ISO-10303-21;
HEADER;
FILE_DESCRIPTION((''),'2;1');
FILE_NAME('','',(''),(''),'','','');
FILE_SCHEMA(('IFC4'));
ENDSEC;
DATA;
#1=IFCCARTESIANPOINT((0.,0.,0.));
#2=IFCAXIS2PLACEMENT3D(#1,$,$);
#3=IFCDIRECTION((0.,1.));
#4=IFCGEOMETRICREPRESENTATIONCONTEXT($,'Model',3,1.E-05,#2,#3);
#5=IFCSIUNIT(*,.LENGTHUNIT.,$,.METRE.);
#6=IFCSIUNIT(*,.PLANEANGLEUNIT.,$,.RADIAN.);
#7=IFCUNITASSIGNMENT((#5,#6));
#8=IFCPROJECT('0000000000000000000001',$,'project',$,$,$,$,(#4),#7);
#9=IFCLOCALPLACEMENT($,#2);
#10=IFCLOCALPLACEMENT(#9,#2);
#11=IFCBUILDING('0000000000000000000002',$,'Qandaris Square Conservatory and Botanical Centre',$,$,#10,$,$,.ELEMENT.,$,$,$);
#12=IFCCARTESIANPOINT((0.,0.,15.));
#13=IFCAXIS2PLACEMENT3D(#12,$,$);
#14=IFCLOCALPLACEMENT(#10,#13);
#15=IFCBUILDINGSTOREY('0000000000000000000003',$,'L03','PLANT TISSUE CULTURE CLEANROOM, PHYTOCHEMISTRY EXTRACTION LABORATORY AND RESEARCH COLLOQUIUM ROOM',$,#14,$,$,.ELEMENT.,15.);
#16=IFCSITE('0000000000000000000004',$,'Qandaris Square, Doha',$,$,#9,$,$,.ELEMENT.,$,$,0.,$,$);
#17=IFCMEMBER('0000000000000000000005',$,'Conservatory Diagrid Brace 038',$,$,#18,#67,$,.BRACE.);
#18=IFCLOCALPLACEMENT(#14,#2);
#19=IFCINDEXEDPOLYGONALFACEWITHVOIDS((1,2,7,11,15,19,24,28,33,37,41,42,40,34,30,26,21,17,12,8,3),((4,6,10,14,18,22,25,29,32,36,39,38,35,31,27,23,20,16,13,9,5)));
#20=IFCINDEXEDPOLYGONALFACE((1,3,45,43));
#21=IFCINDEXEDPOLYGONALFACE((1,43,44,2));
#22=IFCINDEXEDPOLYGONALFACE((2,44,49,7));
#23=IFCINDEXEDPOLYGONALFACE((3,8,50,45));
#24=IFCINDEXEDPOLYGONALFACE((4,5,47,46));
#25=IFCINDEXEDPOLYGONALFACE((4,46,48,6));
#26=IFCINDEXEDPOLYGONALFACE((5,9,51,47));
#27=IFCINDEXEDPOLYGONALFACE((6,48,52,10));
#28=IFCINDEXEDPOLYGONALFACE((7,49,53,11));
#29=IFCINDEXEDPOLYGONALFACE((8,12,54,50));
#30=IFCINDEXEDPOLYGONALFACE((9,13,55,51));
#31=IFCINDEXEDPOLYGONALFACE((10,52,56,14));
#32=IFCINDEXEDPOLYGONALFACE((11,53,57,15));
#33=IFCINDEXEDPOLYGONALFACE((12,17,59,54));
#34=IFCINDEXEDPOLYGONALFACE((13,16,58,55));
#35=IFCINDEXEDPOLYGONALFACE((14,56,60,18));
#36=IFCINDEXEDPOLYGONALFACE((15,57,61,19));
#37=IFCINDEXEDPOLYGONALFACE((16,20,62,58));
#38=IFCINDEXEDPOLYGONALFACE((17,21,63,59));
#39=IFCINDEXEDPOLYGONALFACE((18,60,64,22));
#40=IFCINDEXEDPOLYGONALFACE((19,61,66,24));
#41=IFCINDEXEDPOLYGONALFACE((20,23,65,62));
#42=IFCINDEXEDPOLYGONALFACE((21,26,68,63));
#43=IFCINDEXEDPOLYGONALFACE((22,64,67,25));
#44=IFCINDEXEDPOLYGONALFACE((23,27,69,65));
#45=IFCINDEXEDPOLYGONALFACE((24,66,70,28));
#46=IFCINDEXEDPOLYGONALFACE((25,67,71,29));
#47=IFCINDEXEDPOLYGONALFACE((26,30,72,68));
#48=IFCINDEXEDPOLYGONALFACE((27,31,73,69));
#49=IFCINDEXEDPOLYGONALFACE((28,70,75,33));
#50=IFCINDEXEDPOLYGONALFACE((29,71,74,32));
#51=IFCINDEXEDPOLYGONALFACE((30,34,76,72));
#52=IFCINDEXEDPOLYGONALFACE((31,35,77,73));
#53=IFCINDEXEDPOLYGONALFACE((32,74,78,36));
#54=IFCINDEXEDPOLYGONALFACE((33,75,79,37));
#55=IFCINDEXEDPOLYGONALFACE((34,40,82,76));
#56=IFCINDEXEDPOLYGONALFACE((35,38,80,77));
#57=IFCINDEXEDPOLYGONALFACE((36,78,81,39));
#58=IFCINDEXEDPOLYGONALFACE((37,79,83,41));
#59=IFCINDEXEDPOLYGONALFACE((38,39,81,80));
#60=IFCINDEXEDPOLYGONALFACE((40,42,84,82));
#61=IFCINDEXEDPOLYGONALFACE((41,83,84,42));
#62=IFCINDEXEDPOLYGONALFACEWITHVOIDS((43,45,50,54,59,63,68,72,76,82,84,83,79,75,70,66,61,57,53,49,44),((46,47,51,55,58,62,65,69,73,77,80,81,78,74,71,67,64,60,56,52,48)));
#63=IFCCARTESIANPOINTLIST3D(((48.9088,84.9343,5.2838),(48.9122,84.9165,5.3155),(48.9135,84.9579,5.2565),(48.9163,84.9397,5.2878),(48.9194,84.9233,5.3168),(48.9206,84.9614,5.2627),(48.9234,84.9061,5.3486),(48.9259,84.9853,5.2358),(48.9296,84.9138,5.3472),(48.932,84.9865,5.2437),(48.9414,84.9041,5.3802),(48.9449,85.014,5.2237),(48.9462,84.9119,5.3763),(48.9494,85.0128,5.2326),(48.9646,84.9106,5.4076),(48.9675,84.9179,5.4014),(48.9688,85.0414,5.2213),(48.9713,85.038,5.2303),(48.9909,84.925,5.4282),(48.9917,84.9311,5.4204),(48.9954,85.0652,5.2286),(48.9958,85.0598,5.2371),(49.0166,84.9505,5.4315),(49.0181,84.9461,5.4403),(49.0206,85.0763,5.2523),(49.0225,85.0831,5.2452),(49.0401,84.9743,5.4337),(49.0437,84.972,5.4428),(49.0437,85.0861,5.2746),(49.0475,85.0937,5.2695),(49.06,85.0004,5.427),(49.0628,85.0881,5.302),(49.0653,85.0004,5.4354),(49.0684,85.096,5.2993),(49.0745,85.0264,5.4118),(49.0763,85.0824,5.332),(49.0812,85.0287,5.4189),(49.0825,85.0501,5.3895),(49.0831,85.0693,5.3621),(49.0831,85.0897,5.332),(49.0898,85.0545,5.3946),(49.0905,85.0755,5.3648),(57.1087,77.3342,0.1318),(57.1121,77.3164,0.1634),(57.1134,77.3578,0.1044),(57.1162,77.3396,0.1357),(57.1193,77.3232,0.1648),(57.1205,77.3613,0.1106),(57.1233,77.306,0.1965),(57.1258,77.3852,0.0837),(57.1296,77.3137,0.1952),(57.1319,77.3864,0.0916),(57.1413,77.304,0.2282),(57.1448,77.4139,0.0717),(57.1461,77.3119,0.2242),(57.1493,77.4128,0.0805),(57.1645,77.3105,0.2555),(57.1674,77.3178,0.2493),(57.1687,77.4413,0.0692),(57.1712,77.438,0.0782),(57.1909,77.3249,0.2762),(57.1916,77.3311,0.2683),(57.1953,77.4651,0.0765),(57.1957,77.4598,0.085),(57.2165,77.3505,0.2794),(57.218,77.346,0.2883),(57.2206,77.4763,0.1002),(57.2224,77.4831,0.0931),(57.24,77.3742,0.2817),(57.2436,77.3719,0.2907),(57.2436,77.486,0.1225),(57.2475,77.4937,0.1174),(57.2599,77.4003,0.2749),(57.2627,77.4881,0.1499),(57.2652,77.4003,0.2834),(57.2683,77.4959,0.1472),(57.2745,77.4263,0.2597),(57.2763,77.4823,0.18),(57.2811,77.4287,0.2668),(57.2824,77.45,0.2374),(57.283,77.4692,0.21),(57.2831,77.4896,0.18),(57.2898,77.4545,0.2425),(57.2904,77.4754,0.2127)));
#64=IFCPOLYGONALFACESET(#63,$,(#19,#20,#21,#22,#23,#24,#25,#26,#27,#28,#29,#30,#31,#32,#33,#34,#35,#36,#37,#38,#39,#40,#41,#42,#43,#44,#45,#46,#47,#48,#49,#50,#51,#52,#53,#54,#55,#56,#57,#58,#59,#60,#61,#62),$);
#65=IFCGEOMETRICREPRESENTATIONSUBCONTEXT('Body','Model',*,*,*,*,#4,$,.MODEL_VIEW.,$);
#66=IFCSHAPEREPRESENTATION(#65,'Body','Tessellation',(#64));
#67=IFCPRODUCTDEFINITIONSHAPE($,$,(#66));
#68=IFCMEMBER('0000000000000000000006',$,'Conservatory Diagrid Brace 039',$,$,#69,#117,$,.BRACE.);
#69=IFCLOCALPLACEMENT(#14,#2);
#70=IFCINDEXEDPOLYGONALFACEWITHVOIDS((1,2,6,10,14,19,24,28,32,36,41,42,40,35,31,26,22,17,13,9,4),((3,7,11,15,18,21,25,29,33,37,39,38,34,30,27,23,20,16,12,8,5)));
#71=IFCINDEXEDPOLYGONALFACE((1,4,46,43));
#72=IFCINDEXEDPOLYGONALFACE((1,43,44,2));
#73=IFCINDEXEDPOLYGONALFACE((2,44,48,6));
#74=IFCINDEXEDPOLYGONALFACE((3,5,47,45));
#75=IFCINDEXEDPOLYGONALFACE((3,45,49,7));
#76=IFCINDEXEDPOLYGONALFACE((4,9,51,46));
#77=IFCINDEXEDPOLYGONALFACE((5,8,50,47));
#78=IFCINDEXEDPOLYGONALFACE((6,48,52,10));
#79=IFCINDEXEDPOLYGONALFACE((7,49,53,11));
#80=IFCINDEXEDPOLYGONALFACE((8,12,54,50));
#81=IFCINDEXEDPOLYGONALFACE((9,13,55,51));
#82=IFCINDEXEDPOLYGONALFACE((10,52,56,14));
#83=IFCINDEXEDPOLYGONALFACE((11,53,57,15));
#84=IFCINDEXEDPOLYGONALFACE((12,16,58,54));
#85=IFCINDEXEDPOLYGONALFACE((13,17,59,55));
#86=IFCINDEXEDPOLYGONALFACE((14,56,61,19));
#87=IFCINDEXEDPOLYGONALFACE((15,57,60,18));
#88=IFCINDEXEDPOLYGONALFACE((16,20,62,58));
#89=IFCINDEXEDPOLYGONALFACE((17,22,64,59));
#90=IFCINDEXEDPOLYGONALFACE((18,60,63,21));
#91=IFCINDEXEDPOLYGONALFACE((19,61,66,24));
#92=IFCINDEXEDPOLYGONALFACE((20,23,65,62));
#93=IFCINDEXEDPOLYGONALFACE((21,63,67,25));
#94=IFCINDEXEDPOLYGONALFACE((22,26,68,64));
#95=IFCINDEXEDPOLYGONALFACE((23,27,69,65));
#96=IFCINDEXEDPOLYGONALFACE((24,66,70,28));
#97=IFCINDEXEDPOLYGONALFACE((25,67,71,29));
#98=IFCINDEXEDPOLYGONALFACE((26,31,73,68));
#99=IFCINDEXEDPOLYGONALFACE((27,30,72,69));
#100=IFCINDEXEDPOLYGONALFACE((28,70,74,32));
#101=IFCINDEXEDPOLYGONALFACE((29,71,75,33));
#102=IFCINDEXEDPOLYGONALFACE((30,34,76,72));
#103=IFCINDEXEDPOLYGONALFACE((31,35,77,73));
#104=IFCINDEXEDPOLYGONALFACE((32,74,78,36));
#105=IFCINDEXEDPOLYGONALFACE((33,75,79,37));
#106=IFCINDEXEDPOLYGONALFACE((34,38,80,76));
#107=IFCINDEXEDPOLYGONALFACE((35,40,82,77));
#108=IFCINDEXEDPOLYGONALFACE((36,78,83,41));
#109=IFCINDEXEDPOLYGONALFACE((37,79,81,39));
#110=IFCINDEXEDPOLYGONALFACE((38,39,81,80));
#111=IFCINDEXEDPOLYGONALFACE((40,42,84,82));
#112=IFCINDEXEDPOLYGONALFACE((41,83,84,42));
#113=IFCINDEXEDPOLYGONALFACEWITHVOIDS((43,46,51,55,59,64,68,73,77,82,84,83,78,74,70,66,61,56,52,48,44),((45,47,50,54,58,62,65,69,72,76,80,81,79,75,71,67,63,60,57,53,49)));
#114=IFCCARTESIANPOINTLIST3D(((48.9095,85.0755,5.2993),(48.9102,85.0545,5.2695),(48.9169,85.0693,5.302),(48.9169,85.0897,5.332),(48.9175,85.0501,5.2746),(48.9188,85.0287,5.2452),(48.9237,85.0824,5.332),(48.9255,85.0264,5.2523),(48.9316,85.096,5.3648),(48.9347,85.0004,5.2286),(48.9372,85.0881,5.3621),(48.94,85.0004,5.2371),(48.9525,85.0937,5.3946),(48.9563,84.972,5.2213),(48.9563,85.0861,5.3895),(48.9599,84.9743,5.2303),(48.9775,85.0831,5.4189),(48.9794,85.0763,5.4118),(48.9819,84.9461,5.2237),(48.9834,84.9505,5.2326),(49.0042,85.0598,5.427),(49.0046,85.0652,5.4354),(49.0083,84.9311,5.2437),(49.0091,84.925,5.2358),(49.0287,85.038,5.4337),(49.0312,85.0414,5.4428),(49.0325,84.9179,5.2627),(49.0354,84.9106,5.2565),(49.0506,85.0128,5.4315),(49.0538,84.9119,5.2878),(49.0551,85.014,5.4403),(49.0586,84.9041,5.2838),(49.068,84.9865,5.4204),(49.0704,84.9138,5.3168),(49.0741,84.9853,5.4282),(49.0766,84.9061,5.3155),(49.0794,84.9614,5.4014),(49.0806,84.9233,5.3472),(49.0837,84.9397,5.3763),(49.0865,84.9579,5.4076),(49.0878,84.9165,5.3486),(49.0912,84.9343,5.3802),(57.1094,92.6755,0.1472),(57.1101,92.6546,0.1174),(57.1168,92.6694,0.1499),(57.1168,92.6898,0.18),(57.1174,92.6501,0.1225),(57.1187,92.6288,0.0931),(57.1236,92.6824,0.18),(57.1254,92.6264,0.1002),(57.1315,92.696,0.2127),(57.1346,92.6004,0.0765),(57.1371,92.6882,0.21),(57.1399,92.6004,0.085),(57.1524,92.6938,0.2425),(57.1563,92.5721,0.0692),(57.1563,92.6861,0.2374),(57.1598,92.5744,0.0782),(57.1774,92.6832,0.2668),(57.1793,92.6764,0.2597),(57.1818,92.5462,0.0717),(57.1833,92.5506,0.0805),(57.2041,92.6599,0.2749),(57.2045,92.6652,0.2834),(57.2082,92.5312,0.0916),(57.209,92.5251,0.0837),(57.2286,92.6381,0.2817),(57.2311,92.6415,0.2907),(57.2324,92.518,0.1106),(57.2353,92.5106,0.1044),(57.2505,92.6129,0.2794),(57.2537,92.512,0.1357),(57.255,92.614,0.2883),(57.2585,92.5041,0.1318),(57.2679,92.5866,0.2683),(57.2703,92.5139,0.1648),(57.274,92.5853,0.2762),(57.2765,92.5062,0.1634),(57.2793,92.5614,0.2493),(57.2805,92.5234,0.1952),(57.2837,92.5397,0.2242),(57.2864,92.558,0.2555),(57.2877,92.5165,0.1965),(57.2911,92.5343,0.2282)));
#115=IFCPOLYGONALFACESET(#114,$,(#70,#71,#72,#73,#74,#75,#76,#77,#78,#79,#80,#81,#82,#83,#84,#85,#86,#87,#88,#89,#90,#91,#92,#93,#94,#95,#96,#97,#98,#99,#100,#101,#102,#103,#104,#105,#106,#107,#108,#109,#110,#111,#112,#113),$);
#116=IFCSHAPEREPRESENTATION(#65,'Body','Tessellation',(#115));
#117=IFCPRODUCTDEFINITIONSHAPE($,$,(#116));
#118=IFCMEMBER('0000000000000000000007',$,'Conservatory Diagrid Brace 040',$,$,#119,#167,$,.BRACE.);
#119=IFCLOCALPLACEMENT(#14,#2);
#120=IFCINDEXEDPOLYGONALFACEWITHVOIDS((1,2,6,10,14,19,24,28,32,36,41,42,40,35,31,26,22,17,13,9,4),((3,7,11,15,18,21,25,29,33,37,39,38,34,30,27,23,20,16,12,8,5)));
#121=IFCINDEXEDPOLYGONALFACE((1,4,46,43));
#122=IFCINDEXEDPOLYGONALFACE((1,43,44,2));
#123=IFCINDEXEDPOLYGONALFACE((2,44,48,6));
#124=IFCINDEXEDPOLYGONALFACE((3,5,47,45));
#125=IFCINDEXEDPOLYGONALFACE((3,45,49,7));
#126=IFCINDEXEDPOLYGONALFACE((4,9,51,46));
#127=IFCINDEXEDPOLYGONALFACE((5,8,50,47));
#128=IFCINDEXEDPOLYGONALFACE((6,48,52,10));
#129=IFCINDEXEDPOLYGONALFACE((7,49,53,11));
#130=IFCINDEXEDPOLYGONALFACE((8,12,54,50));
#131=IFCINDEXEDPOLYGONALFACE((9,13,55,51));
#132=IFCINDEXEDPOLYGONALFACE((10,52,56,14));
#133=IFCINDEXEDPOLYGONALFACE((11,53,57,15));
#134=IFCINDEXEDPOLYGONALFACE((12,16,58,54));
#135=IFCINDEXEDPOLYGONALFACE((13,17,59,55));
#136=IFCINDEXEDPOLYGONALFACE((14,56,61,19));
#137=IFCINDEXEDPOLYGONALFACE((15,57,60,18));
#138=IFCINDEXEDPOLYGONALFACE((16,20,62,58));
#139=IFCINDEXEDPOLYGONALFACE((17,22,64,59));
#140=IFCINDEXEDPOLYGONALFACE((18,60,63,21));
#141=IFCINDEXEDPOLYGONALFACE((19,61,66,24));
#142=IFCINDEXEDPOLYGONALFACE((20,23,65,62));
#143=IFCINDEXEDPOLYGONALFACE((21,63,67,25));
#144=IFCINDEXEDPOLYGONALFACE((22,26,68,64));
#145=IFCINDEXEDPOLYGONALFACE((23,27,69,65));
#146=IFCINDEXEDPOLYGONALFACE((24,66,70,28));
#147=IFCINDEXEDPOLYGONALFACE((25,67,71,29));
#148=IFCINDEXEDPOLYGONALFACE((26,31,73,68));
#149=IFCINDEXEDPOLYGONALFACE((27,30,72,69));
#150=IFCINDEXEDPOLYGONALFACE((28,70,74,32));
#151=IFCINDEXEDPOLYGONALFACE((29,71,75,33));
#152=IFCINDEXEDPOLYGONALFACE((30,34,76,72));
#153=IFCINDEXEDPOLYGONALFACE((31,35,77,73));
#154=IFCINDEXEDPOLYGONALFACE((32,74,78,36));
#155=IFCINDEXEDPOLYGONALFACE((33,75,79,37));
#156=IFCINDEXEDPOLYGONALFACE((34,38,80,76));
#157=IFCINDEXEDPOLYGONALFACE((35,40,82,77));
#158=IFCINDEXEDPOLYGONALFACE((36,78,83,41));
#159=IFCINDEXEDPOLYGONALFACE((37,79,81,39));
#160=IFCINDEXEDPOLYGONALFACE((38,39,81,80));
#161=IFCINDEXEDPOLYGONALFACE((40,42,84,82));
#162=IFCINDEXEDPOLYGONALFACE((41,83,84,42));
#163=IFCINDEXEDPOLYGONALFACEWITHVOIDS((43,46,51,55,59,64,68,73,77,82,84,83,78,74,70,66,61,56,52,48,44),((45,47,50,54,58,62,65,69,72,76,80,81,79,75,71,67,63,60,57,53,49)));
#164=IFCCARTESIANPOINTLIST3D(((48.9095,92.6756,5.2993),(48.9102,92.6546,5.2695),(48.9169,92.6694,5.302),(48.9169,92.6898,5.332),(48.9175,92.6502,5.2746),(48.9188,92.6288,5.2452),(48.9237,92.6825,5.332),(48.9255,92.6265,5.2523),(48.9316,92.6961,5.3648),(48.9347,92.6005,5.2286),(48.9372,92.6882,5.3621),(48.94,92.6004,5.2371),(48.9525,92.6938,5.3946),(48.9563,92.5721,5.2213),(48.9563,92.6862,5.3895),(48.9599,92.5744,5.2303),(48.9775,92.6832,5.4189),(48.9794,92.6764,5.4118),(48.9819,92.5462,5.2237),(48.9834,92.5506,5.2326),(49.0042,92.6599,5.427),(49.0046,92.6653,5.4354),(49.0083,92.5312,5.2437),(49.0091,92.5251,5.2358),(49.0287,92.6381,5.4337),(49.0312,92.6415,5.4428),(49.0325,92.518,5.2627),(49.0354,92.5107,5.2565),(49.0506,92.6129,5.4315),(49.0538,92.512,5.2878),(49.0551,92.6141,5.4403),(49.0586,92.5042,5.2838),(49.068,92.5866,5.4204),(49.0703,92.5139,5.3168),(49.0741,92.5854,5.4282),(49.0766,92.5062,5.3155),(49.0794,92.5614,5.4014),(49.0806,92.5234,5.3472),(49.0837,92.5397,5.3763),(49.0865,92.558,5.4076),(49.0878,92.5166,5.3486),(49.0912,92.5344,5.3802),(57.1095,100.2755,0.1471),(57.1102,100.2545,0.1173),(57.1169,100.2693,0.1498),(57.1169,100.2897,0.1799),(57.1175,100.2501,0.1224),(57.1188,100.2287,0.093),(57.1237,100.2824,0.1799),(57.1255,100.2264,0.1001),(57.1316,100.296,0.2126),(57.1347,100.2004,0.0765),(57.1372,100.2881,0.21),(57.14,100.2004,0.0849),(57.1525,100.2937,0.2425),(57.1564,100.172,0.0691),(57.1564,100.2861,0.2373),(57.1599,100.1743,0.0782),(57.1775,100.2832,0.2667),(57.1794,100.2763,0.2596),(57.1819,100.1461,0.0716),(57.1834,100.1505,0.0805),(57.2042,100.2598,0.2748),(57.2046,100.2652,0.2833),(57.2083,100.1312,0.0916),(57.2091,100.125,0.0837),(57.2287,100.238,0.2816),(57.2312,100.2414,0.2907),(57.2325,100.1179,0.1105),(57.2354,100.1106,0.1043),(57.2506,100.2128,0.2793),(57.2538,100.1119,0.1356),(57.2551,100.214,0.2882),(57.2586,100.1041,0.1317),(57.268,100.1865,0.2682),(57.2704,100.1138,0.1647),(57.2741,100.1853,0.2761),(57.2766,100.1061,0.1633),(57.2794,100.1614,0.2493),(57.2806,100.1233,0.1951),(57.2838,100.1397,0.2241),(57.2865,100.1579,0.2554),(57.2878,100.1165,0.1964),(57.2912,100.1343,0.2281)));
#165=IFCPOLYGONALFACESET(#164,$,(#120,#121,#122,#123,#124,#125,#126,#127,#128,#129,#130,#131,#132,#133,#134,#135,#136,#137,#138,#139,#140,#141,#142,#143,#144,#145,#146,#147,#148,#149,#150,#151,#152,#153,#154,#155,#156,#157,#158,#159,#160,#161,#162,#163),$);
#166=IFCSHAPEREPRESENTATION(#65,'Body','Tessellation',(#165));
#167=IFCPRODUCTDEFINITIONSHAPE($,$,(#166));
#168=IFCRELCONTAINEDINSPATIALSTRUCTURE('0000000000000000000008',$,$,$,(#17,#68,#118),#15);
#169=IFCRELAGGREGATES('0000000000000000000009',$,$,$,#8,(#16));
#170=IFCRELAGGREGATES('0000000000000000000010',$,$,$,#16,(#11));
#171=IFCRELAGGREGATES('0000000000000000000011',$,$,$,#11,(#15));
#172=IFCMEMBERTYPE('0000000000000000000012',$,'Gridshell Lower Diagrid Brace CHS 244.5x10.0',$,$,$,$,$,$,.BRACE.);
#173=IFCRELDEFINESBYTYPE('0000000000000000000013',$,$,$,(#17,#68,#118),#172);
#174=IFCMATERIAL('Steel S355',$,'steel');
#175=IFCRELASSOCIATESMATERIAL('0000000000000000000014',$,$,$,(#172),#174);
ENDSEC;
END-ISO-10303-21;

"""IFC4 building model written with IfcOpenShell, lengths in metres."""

from ifc_helpers import new_model, si_unit, direction, frame, origin, origin_2d, place, context, subcontext, project, spatial, hollow_circle, extrude, material, material_profile, profile_set, type_object, element, save


model = new_model("IFC4")

# Units and contexts
model_context = context("Model", 3, precision=1e-05, world=origin(), true_north=direction((0.0, 1.0)))
body_context = subcontext(model_context, "Body", "Model", "MODEL_VIEW")
ifc_project = project(units=[si_unit("LENGTHUNIT", "METRE"), si_unit("PLANEANGLEUNIT", "RADIAN")], contexts=[model_context])

# Site, building, storey
site_placement = place(None, origin())
site = spatial("IfcSite", under=ifc_project, at=site_placement, Name="Qandaris Square, Doha", CompositionType="ELEMENT", RefElevation=0.0)
building_placement = place(site_placement, origin())
building = spatial("IfcBuilding", under=site, at=building_placement, Name="Qandaris Square Conservatory and Botanical Centre", CompositionType="ELEMENT")
storey_placement = place(building_placement, frame((0.0, 0.0, 15.0)))
storey = spatial("IfcBuildingStorey", under=building, at=storey_placement, Name="L03", Description="PLANT TISSUE CULTURE CLEANROOM, PHYTOCHEMISTRY EXTRACTION LABORATORY AND RESEARCH COLLOQUIUM ROOM", CompositionType="ELEMENT", Elevation=15.0)

# Members
ifc_material_1 = material(Name="Steel S355", Category="steel")
ifc_material_profile_1 = material_profile(ifc_material_1, hollow_circle(Radius=0.1223, WallThickness=0.01, at=origin_2d()), Name="CHS 244.5x10.0")
ifc_profile_set_1 = profile_set([ifc_material_profile_1], Name="Steel S355")
member_type_1 = type_object("IfcMemberType", Name="Gridshell Lower Diagrid Brace CHS 244.5x10.0", PredefinedType="BRACE", material=ifc_profile_set_1)
for number, where, z_axis, x_axis, name in (
    (1, (49.0, 85.0, 5.332), (0.666102, -0.617374, -0.418518), (0.679772, 0.733424, 0.0), "Conservatory Diagrid Brace 038"),
    (2, (49.0, 85.0, 5.332), (0.666102, 0.617374, -0.418518), (-0.679772, 0.733424, 0.0), "Conservatory Diagrid Brace 039"),
    (3, (49.0, 92.6001, 5.332), (0.66611, 0.617362, -0.418523), (-0.67976, 0.733435, 0.0), "Conservatory Diagrid Brace 040"),
):
    element("IfcMember", number, at=place(storey_placement, frame(where, z_axis=z_axis, x_axis=x_axis)), inside=storey, type_object=member_type_1, Name=name, PredefinedType="BRACE", context=body_context, shape_type="SweptSolid", body=[
        extrude(hollow_circle(Radius=0.1223, WallThickness=0.01, at=origin_2d()), origin(), (0.0, 0.0, 1.0), 12.3103),
    ])

save(model, "model.ifc")
